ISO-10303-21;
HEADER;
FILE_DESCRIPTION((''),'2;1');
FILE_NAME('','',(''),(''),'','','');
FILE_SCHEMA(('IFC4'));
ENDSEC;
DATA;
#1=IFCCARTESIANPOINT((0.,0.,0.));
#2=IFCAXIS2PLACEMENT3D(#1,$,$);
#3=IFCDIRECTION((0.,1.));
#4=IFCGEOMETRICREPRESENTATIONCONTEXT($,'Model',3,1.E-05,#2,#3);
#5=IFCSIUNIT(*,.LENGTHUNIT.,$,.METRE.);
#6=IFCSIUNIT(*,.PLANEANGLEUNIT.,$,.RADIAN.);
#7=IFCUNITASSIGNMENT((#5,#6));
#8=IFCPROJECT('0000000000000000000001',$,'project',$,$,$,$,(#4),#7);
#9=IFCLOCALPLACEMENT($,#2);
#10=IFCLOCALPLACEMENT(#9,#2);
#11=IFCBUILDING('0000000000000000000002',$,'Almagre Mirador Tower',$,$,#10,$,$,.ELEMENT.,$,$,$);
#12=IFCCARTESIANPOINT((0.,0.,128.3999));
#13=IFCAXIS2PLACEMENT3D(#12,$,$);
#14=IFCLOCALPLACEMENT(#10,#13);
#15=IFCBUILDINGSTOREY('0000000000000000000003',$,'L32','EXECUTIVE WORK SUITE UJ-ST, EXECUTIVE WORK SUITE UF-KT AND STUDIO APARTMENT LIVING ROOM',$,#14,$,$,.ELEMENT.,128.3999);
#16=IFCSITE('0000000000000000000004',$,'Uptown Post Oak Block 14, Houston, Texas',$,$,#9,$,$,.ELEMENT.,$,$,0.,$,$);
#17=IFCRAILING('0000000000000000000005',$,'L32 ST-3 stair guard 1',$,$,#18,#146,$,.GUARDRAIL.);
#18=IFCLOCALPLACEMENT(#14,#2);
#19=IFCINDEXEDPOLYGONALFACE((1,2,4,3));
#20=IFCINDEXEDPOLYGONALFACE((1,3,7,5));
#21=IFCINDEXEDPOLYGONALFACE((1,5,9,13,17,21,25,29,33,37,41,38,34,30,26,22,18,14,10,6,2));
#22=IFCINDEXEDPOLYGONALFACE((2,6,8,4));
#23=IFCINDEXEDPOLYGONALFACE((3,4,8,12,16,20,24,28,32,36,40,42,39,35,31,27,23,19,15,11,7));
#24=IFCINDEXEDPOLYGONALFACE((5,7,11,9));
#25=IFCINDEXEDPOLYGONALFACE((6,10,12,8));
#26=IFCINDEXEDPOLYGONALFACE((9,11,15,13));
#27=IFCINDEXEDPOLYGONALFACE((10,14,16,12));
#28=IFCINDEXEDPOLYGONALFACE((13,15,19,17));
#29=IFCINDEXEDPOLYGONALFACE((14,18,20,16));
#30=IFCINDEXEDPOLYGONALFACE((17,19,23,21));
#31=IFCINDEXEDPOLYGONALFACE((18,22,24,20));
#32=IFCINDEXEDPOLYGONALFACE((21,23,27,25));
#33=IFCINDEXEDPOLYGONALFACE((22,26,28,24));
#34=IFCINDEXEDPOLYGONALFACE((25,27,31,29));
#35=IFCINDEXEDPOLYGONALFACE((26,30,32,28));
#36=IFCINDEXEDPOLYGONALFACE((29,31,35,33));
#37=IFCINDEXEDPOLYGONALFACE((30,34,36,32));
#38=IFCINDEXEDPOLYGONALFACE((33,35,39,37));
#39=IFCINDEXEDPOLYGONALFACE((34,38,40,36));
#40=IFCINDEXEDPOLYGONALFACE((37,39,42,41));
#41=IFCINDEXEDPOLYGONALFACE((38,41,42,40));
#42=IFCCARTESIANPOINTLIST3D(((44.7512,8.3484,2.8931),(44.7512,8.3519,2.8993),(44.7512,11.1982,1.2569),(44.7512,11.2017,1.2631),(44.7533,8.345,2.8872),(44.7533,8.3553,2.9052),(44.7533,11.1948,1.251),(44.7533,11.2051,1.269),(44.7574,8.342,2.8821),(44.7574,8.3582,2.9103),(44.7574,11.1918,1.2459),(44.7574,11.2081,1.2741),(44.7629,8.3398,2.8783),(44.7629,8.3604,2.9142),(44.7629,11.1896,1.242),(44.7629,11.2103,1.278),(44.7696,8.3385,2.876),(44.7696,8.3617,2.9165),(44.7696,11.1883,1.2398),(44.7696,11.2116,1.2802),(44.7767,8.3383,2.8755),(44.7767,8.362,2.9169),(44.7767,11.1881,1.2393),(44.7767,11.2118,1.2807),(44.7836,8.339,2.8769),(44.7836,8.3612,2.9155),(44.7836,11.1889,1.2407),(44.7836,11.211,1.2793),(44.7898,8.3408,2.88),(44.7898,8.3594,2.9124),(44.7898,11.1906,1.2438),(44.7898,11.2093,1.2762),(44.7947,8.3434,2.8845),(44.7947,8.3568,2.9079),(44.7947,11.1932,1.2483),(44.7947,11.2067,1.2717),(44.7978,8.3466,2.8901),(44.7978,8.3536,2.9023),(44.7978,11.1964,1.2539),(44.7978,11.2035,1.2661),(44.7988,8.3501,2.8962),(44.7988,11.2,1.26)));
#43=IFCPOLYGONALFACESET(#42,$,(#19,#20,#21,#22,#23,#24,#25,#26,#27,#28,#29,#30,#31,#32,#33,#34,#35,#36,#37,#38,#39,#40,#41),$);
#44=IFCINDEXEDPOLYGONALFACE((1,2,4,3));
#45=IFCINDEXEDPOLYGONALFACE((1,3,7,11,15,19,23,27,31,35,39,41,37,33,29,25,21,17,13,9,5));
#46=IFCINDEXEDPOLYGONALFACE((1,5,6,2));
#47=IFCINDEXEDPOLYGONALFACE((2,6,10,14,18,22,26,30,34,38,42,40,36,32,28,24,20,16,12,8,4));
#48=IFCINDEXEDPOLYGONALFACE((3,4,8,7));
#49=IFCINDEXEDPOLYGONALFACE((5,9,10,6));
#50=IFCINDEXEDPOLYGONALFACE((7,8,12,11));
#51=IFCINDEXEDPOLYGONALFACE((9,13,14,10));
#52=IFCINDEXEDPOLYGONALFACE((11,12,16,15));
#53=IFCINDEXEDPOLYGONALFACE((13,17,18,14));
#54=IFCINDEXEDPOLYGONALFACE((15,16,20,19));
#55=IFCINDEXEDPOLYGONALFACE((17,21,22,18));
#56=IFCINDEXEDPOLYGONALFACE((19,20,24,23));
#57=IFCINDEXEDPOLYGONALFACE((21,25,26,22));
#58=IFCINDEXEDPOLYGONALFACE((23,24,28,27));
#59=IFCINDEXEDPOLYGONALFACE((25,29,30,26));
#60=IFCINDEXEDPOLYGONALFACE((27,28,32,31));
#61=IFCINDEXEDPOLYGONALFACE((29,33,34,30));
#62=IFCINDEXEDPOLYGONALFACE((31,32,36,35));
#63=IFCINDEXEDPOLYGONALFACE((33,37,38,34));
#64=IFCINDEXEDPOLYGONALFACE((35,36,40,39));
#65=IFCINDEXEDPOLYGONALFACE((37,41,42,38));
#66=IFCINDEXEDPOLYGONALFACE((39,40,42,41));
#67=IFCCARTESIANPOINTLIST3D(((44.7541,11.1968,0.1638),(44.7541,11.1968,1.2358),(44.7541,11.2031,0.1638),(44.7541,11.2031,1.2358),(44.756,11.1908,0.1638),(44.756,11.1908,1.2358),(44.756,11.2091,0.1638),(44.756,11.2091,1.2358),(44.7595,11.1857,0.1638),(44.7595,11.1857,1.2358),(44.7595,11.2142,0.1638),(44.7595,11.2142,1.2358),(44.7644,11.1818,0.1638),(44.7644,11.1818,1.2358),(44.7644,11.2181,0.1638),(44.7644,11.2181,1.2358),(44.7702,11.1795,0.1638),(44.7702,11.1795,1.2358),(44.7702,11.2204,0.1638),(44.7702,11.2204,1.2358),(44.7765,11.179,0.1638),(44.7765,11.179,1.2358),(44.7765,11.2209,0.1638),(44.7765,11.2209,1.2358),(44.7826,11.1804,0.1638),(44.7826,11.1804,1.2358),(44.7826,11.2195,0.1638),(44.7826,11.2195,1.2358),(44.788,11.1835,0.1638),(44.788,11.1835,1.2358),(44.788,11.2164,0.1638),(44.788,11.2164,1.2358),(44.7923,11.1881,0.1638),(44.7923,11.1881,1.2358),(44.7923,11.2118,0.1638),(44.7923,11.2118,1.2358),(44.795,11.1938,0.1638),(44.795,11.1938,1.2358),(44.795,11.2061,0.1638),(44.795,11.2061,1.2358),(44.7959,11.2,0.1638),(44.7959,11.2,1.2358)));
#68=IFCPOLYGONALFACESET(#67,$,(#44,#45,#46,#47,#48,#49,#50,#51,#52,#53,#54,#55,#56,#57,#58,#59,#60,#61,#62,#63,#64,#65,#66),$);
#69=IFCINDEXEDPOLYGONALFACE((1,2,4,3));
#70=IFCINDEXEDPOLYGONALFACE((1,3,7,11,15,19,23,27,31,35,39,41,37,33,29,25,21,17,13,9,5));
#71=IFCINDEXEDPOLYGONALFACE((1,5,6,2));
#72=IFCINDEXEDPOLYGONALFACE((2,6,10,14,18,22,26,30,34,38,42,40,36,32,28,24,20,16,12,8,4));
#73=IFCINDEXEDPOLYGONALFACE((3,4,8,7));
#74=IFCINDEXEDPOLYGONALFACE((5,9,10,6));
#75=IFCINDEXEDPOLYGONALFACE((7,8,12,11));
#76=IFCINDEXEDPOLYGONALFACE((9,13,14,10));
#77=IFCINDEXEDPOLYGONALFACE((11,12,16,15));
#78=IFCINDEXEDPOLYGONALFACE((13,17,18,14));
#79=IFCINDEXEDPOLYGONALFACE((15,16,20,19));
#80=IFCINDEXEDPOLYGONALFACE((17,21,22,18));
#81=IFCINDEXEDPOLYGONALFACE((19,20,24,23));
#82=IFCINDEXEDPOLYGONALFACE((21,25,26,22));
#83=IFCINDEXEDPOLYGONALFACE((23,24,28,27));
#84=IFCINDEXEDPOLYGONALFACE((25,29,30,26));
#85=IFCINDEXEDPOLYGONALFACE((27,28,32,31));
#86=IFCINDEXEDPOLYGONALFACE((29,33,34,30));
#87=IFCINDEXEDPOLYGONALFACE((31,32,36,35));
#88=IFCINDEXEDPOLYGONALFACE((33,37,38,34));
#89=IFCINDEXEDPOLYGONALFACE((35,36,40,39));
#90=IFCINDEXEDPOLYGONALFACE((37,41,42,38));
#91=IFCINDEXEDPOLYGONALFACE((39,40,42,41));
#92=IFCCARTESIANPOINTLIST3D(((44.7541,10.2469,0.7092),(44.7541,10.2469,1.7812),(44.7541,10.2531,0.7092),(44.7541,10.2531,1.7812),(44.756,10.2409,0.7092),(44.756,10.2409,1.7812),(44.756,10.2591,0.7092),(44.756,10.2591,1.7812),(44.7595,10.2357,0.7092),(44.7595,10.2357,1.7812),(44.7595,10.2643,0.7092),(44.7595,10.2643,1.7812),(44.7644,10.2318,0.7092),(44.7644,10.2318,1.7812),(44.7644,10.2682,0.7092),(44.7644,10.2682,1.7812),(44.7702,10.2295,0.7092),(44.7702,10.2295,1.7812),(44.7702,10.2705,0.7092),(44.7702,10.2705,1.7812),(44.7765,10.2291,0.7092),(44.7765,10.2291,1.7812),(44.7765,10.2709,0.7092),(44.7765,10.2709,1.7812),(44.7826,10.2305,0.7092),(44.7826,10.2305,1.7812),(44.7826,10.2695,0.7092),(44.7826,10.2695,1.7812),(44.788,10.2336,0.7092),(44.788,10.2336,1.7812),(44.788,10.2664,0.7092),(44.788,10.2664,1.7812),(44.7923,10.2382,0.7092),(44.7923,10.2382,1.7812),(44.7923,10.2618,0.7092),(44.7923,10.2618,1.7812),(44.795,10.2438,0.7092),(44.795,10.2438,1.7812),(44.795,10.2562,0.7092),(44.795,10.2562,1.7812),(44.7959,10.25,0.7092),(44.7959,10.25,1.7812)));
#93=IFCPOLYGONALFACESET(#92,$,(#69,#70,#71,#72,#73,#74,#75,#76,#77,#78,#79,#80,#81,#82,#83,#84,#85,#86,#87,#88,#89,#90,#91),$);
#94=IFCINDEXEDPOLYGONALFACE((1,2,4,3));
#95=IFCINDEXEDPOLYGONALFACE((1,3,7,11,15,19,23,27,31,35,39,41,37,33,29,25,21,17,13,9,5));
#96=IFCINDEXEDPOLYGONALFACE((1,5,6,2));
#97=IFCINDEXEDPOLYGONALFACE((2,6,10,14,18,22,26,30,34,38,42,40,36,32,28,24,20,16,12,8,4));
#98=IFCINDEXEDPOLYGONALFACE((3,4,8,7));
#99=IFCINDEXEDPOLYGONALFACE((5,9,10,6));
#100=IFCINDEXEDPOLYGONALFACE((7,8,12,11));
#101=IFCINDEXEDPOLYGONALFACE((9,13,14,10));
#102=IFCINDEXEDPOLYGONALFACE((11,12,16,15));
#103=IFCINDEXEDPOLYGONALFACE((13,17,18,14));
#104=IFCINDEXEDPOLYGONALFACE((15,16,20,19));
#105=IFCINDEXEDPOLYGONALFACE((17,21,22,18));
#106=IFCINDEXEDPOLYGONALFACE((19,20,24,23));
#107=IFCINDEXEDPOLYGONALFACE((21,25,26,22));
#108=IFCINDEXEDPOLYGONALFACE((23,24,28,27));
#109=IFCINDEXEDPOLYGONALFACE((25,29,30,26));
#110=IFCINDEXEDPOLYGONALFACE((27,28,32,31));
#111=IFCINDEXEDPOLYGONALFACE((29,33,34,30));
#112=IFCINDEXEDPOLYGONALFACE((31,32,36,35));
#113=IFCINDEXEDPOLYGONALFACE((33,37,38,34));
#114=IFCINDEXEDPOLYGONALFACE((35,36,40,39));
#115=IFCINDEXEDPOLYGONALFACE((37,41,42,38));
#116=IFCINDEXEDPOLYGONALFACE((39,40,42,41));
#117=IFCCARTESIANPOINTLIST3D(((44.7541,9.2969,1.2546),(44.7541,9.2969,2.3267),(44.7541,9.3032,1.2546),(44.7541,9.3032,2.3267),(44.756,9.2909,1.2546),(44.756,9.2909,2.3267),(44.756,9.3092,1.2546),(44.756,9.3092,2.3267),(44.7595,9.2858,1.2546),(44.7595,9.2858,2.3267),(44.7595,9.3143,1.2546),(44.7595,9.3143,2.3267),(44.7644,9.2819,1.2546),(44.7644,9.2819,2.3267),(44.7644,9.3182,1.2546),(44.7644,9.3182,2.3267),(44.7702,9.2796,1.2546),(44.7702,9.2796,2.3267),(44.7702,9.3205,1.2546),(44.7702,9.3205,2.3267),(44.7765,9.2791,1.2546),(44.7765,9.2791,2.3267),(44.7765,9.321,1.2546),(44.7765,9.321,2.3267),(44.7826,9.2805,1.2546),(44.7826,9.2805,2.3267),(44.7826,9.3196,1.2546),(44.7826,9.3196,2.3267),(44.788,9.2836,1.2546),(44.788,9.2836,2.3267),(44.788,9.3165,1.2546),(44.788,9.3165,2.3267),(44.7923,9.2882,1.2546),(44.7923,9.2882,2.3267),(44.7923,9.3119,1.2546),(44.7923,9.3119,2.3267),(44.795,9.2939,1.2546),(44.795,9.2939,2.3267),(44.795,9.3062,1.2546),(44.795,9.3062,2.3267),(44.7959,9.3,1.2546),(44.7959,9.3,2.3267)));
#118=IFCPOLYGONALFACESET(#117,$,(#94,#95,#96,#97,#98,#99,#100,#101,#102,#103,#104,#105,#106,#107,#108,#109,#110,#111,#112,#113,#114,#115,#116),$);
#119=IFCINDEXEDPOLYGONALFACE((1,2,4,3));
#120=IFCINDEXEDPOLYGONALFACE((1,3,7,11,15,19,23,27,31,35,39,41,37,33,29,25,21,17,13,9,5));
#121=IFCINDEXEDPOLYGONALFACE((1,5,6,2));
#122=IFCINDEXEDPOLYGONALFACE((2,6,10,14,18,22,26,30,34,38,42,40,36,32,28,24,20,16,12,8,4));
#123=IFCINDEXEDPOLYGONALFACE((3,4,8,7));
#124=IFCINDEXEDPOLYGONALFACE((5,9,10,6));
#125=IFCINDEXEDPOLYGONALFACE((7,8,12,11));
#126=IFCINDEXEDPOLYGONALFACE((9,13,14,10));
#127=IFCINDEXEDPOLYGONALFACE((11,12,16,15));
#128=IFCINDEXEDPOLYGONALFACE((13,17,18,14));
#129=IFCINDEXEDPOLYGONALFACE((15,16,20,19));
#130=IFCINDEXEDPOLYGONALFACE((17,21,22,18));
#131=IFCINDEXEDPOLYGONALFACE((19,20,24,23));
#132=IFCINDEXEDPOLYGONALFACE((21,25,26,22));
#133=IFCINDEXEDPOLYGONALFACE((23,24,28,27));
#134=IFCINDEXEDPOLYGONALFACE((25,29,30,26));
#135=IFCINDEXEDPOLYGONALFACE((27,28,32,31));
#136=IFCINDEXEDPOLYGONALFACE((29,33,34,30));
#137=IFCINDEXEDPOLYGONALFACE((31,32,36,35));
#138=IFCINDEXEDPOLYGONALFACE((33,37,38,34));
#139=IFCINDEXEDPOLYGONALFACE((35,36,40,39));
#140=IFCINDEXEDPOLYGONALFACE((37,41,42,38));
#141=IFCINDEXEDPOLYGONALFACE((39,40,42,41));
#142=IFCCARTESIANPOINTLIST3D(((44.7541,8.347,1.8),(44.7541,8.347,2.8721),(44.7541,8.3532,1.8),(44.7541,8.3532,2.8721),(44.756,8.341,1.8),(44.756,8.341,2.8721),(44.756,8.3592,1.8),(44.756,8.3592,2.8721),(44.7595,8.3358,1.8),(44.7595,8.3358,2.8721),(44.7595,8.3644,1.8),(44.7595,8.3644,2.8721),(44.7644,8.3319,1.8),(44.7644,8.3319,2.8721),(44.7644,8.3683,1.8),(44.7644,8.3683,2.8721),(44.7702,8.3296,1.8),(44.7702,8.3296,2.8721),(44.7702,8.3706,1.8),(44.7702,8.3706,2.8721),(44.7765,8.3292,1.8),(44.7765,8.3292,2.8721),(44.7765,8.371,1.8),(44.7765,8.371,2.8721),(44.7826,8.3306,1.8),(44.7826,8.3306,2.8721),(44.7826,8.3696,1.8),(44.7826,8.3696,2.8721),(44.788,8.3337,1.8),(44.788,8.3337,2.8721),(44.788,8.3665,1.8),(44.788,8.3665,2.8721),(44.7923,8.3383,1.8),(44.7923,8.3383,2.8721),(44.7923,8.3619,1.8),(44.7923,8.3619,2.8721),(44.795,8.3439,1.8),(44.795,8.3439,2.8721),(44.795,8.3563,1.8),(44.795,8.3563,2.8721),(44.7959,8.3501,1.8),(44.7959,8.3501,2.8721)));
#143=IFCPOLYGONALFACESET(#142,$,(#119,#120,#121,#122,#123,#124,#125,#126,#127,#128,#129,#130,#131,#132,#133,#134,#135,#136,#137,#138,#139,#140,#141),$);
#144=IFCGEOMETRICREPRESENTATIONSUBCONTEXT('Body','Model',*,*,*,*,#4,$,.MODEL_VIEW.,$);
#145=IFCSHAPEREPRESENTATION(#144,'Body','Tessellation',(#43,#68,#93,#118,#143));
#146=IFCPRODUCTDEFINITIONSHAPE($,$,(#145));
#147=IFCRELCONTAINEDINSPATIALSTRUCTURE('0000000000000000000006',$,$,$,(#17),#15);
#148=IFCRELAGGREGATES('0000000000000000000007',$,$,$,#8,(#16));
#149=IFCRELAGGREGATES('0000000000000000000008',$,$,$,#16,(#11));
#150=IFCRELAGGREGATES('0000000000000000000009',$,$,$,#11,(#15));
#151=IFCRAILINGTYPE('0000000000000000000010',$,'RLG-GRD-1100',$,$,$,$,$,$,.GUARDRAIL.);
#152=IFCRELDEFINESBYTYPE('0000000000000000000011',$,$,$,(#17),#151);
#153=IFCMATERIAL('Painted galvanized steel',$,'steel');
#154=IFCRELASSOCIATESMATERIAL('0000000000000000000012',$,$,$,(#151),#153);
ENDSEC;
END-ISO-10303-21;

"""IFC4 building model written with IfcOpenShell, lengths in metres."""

from ifc_helpers import new_model, si_unit, direction, frame, origin, origin_2d, place, context, subcontext, project, spatial, circle, extrude, material, type_object, element, save


model = new_model("IFC4")

# Units and contexts
model_context = context("Model", 3, precision=1e-05, world=origin(), true_north=direction((0.0, 1.0)))
body_context = subcontext(model_context, "Body", "Model", "MODEL_VIEW")
ifc_project = project(units=[si_unit("LENGTHUNIT", "METRE"), si_unit("PLANEANGLEUNIT", "RADIAN")], contexts=[model_context])

# Site, building, storey
site_placement = place(None, origin())
site = spatial("IfcSite", under=ifc_project, at=site_placement, Name="Uptown Post Oak Block 14, Houston, Texas", CompositionType="ELEMENT", RefElevation=0.0)
building_placement = place(site_placement, origin())
building = spatial("IfcBuilding", under=site, at=building_placement, Name="Almagre Mirador Tower", CompositionType="ELEMENT")
storey_placement = place(building_placement, frame((0.0, 0.0, 128.3999)))
storey = spatial("IfcBuildingStorey", under=building, at=storey_placement, Name="L32", Description="EXECUTIVE WORK SUITE UJ-ST, EXECUTIVE WORK SUITE UF-KT AND STUDIO APARTMENT LIVING ROOM", CompositionType="ELEMENT", Elevation=128.3999)

# Railing
ifc_material_1 = material(Name="Painted galvanized steel", Category="steel")
railing_type_1 = type_object("IfcRailingType", Name="RLG-GRD-1100", PredefinedType="GUARDRAIL", material=ifc_material_1)
railing_1_placement = place(storey_placement, frame((44.7749, 11.2, 0.1638)))
element("IfcRailing", 1, at=railing_1_placement, inside=storey, type_object=railing_type_1, Name="L32 ST-3 stair guard 1", PredefinedType="GUARDRAIL", context=body_context, shape_type="SweptSolid", body=[
    extrude(circle(Radius=0.0239, at=origin_2d()), frame((0.0, 0.0, 1.0962), z_axis=(0.0, -0.867226, 0.497914), x_axis=(1.0, 0.0, 0.0)), (0.0, 0.0, 1.0), 3.2861),
    extrude(circle(Radius=0.021, at=origin_2d()), origin(), (0.0, 0.0, 1.0), 1.072),
    extrude(circle(Radius=0.021, at=origin_2d()), frame((0.0, -0.95, 0.5454)), (0.0, 0.0, 1.0), 1.072),
    extrude(circle(Radius=0.021, at=origin_2d()), frame((0.0, -1.8999, 1.0908)), (0.0, 0.0, 1.0), 1.072),
    extrude(circle(Radius=0.021, at=origin_2d()), frame((0.0, -2.8499, 1.6362)), (0.0, 0.0, 1.0), 1.072),
])

save(model, "model.ifc")
